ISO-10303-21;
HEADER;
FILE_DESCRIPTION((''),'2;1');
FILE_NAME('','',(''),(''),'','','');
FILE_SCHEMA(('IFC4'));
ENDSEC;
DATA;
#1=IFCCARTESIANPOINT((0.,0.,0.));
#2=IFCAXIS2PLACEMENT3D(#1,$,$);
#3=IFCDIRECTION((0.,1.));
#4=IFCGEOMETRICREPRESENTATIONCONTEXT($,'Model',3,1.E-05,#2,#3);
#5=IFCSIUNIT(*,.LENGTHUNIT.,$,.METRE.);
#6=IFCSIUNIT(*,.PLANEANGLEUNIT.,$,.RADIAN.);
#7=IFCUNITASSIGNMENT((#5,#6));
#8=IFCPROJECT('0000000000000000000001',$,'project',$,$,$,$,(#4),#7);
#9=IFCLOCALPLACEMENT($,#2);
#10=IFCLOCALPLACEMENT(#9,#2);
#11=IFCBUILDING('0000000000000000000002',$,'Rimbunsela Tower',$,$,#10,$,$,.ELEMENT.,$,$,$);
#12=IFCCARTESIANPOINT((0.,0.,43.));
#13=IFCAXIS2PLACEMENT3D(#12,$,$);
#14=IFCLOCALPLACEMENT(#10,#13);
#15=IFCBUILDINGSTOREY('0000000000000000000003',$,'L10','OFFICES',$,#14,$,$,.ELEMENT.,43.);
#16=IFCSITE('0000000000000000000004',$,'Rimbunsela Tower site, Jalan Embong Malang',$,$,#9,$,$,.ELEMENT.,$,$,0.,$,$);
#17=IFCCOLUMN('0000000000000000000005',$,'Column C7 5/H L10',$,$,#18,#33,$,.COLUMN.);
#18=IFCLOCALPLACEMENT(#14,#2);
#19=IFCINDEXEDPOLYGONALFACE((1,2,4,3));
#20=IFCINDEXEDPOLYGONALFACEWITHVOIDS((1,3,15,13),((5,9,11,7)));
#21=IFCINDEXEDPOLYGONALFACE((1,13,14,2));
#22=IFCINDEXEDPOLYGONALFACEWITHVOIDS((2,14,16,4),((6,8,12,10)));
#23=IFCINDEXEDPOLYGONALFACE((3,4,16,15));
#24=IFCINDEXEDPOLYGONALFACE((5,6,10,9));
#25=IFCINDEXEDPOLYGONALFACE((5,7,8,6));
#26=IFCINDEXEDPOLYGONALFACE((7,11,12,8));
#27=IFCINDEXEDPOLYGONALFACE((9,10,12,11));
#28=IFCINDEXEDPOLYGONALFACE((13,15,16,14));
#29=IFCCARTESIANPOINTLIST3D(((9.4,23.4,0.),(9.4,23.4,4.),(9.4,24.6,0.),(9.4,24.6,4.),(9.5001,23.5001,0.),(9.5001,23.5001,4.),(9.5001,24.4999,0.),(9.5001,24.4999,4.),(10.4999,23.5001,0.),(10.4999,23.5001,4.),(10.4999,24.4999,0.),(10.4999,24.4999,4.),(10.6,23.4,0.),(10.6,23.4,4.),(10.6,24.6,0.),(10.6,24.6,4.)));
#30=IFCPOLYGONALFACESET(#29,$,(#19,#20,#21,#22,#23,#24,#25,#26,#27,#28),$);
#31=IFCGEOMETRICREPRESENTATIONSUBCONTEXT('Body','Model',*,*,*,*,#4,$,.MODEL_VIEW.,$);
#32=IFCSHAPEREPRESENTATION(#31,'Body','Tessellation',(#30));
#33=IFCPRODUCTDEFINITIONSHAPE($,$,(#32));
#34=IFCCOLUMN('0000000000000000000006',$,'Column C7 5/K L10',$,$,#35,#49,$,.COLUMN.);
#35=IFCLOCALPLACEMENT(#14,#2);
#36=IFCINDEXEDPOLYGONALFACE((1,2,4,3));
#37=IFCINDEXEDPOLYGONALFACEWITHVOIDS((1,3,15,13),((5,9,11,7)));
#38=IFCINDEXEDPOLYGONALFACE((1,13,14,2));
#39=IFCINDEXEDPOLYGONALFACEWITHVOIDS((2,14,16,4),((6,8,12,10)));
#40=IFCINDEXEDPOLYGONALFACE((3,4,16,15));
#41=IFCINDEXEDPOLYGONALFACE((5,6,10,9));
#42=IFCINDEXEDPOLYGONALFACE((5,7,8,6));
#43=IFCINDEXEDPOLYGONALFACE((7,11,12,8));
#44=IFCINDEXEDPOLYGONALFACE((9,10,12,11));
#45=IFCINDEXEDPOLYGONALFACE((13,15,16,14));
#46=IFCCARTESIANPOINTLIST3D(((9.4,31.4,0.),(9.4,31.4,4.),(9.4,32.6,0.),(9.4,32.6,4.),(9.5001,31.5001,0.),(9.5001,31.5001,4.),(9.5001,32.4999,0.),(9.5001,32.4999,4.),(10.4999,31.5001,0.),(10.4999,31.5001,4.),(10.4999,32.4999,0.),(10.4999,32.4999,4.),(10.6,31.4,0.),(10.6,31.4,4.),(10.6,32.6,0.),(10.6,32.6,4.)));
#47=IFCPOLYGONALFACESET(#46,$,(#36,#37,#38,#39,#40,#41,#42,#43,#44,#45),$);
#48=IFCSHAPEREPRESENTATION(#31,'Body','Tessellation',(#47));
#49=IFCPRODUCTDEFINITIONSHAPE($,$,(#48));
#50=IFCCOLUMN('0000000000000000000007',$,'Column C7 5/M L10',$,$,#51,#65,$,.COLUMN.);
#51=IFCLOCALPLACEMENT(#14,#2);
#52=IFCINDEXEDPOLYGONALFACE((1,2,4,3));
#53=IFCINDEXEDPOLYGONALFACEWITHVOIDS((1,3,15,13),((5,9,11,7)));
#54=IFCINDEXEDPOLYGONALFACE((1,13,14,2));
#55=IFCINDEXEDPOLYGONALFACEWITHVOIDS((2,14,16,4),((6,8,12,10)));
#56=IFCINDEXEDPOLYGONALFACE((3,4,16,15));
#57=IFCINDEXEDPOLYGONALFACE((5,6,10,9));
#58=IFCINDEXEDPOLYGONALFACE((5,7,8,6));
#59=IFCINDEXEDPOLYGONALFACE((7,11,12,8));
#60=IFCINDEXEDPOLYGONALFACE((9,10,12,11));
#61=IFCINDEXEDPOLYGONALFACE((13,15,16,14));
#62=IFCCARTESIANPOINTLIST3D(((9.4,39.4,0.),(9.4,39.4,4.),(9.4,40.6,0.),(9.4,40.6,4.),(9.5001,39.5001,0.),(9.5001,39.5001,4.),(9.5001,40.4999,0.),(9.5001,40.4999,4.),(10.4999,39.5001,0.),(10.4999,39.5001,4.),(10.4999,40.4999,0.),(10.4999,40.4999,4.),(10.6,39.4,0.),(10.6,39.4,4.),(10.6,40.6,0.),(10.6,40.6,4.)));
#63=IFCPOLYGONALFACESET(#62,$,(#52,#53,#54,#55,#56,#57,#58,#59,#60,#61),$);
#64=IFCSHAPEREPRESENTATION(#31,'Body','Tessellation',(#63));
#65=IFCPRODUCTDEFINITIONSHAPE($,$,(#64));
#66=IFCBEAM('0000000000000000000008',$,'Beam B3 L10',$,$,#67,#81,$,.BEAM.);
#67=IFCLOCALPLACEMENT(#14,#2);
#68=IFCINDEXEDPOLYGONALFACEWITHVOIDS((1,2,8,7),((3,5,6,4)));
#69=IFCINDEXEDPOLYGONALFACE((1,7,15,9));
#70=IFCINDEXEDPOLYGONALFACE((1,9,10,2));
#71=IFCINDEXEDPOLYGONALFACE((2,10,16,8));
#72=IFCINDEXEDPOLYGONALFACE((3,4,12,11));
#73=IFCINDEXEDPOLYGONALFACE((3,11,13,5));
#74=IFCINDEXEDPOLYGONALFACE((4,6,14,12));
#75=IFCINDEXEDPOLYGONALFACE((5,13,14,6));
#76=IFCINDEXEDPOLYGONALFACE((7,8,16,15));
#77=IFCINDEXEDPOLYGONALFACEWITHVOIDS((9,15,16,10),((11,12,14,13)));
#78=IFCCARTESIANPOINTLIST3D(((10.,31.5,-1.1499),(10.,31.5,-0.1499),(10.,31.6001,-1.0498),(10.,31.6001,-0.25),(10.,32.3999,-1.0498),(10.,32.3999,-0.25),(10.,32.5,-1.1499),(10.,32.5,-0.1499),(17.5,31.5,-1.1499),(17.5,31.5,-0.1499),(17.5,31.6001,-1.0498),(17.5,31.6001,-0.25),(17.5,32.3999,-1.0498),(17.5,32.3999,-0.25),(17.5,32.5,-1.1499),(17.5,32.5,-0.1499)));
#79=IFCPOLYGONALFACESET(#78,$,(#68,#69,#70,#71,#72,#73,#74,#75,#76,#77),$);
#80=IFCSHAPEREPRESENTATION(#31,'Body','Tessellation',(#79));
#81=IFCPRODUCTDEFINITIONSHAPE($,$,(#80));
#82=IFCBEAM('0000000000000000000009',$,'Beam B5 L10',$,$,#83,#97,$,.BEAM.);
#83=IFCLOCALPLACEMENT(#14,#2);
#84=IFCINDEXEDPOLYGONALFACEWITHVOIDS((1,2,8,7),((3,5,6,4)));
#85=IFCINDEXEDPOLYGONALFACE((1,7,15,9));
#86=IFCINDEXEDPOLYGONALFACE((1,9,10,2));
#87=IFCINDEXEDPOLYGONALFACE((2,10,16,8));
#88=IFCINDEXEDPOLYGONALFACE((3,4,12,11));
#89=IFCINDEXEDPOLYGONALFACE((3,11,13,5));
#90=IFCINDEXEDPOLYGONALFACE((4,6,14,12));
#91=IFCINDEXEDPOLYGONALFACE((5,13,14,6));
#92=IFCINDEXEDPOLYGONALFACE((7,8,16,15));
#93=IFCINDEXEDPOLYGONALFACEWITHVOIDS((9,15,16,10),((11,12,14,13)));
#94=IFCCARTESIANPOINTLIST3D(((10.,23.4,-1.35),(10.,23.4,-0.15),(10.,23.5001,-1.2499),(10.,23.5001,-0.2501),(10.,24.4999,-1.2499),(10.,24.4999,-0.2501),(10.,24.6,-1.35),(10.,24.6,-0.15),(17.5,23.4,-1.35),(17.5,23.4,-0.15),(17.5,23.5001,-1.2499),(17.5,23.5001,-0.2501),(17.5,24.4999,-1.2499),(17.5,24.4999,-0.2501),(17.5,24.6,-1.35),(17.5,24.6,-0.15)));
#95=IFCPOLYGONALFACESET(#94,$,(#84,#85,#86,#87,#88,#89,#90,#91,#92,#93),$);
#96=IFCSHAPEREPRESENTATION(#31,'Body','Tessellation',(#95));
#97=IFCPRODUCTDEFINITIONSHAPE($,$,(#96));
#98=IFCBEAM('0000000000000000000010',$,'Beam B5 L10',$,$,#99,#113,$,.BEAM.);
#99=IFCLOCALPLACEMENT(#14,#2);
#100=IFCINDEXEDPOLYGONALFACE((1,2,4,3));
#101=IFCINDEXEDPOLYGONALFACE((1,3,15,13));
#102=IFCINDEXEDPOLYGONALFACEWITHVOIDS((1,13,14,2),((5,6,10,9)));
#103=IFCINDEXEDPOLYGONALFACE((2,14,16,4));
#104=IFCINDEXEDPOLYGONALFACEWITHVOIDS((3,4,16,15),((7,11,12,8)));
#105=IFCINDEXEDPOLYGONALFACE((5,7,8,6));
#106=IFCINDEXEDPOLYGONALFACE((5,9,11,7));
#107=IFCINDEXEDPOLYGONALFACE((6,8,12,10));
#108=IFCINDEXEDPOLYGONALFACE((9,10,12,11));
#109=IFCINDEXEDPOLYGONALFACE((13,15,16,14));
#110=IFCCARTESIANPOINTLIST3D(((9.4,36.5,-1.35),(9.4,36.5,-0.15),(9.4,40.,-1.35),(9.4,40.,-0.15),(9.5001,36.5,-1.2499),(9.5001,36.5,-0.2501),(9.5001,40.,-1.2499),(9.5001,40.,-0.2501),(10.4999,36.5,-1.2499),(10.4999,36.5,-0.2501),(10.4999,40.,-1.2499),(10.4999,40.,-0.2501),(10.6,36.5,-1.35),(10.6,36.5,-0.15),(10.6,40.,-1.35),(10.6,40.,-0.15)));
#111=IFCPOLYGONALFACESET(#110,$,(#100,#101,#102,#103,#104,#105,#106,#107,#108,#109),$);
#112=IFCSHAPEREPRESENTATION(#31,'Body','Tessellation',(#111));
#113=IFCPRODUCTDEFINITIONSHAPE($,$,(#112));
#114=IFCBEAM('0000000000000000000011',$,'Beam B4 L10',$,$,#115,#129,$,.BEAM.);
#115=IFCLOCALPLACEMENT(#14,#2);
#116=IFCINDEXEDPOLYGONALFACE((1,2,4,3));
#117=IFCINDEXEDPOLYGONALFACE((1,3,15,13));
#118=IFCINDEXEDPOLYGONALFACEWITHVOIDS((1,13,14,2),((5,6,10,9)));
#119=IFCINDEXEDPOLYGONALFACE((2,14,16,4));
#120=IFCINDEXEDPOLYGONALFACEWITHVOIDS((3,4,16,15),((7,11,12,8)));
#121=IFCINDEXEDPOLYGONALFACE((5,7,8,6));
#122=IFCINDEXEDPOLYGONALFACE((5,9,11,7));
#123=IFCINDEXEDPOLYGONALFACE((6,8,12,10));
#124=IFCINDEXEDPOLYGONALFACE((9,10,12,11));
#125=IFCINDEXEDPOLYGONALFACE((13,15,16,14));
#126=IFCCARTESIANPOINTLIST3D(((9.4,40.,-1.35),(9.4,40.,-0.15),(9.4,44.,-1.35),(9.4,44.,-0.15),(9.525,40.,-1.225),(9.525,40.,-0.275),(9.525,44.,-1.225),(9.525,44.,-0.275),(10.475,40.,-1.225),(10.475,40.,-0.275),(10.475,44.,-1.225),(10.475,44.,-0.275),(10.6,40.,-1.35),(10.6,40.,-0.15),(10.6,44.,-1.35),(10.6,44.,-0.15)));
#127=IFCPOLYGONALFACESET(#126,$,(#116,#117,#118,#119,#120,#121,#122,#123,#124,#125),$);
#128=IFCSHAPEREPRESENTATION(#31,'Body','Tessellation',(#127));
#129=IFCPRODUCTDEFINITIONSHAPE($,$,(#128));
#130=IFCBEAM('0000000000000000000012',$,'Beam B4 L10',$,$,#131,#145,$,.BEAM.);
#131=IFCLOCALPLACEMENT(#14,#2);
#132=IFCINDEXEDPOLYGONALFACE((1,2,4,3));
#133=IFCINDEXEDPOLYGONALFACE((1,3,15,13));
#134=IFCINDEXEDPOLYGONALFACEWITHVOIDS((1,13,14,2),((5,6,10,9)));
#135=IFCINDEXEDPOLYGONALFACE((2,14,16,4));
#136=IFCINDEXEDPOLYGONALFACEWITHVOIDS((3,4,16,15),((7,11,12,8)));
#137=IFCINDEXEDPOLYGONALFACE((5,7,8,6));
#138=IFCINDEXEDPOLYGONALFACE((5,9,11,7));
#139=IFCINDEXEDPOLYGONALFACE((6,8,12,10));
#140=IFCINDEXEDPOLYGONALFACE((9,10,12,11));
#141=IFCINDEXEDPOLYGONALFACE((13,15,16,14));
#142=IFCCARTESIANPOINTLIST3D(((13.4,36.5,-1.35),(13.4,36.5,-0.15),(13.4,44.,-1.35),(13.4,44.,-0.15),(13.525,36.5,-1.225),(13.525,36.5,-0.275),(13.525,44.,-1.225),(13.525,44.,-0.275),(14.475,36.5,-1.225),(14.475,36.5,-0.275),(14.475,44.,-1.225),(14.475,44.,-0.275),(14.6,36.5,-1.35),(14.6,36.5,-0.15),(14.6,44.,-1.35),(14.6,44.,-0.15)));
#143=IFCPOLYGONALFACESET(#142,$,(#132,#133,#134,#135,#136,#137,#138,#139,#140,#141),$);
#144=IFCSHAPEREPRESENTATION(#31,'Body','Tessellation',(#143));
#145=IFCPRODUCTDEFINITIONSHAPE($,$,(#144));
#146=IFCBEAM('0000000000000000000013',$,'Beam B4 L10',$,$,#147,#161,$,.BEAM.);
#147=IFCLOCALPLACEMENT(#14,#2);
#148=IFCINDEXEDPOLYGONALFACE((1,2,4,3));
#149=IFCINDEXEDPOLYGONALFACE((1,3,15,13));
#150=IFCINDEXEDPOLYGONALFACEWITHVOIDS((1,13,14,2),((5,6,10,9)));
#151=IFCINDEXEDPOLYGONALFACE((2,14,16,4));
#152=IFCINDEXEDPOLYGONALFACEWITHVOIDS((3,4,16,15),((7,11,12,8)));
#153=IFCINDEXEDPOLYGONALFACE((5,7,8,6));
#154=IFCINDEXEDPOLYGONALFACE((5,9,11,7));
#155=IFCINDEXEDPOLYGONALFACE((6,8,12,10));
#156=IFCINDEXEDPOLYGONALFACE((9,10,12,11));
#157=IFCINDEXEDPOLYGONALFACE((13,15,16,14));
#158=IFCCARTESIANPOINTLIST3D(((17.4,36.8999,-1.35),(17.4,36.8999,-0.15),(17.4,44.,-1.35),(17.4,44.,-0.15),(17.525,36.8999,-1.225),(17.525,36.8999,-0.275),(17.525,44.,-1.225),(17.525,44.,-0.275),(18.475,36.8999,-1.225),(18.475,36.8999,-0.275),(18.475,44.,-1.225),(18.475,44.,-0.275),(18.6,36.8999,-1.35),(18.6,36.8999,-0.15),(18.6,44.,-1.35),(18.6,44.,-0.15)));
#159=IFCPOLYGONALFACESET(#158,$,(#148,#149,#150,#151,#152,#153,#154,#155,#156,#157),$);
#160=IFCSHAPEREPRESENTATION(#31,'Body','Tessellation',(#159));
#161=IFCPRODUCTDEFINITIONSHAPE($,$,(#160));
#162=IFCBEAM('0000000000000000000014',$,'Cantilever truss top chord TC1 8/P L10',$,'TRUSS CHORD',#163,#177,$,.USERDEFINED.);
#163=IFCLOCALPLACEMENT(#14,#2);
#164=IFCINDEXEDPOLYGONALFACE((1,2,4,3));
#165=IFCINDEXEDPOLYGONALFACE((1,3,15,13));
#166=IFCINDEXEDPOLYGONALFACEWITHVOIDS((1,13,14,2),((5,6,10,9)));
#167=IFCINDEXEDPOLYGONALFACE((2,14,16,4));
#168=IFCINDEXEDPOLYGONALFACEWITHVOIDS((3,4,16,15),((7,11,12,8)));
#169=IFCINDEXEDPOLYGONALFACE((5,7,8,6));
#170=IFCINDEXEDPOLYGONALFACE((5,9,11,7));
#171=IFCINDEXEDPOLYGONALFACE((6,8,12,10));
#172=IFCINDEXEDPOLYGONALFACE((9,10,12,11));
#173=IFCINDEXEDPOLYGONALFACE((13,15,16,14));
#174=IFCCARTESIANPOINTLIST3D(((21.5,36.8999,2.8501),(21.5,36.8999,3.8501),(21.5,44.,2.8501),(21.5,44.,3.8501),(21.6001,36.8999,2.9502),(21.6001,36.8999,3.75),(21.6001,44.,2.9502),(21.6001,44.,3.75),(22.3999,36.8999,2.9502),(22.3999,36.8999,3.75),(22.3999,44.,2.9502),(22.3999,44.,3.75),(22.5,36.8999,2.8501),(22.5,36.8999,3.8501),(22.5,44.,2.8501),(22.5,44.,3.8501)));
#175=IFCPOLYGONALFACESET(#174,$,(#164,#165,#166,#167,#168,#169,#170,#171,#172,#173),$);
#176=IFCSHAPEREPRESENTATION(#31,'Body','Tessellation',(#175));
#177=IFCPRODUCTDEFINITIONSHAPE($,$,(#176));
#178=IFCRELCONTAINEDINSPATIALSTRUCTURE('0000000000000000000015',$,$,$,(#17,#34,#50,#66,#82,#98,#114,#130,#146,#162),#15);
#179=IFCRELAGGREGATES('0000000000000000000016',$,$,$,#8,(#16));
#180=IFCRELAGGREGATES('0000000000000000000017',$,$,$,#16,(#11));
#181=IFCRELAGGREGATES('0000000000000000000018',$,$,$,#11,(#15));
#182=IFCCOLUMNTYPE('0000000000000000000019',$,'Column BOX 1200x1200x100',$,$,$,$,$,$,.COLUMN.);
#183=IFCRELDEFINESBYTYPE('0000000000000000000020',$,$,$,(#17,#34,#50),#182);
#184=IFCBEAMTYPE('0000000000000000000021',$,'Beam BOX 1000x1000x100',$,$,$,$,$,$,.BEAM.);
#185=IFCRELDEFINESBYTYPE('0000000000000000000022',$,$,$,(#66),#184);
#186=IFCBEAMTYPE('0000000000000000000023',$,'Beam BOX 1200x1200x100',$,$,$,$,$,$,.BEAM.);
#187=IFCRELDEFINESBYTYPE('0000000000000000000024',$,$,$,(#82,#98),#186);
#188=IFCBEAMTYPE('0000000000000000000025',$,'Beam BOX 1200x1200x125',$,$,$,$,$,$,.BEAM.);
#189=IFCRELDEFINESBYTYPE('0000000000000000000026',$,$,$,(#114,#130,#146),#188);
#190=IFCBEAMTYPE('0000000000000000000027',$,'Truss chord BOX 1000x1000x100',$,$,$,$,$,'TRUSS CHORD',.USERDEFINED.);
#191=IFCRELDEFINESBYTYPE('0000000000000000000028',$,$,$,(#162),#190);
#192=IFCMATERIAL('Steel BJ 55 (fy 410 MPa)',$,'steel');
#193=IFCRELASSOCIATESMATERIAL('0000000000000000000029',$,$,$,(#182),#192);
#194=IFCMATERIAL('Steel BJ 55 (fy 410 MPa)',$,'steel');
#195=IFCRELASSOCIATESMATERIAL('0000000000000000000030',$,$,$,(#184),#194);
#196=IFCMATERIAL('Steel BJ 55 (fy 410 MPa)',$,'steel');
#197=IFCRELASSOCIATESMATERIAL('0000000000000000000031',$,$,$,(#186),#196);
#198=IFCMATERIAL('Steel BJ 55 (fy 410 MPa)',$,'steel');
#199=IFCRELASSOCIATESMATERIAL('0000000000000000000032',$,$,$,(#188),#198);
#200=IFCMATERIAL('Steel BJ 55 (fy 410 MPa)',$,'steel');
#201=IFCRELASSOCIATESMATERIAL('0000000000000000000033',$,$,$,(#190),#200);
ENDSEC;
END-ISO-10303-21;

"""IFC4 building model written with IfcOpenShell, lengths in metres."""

from ifc_helpers import new_model, si_unit, direction, frame, origin, origin_2d, place, context, subcontext, project, spatial, hollow_rectangle, extrude, material, material_profile, profile_set, type_object, element, save


model = new_model("IFC4")

# Units and contexts
model_context = context("Model", 3, precision=1e-05, world=origin(), true_north=direction((0.0, 1.0)))
body_context = subcontext(model_context, "Body", "Model", "MODEL_VIEW")
ifc_project = project(units=[si_unit("LENGTHUNIT", "METRE"), si_unit("PLANEANGLEUNIT", "RADIAN")], contexts=[model_context])

# Site, building, storey
site_placement = place(None, origin())
site = spatial("IfcSite", under=ifc_project, at=site_placement, Name="Rimbunsela Tower site, Jalan Embong Malang", CompositionType="ELEMENT", RefElevation=0.0)
building_placement = place(site_placement, origin())
building = spatial("IfcBuilding", under=site, at=building_placement, Name="Rimbunsela Tower", CompositionType="ELEMENT")
storey_placement = place(building_placement, frame((0.0, 0.0, 43.0)))
storey = spatial("IfcBuildingStorey", under=building, at=storey_placement, Name="L10", Description="OFFICES", CompositionType="ELEMENT", Elevation=43.0)

# Columns
ifc_material_1 = material(Name="Steel BJ 55 (fy 410 MPa)", Category="steel")
ifc_material_profile_1 = material_profile(ifc_material_1, hollow_rectangle(XDim=1.2, YDim=1.2, WallThickness=0.1001, at=origin_2d()), Name="BOX 1200x1200x100")
ifc_profile_set_1 = profile_set([ifc_material_profile_1], Name="Steel BJ 55 (fy 410 MPa)")
column_type = type_object("IfcColumnType", Name="Column BOX 1200x1200x100", PredefinedType="COLUMN", material=ifc_profile_set_1)
for number, where, z_axis, x_axis, name in (
    (1, (10.0, 24.0, 0.0), (0.0, 0.0, 1.0), (1.0, 0.0, 0.0), "Column C7 5/H L10"),
    (2, (10.0, 32.0, 0.0), (0.0, 0.0, 1.0), (1.0, 0.0, 0.0), "Column C7 5/K L10"),
    (3, (10.0, 40.0, 0.0), (0.0, 0.0, 1.0), (1.0, 0.0, 0.0), "Column C7 5/M L10"),
):
    element("IfcColumn", number, at=place(storey_placement, frame(where, z_axis=z_axis, x_axis=x_axis)), inside=storey, type_object=column_type, Name=name, PredefinedType="COLUMN", context=body_context, shape_type="SweptSolid", body=[
        extrude(hollow_rectangle(XDim=1.2, YDim=1.2, WallThickness=0.1001, at=origin_2d()), origin(), (0.0, 0.0, 1.0), 4.0),
    ])

# Beams
ifc_material_2 = material(Name="Steel BJ 55 (fy 410 MPa)", Category="steel")
ifc_material_profile_2 = material_profile(ifc_material_2, hollow_rectangle(XDim=1.0, YDim=1.0, WallThickness=0.1001, at=origin_2d()), Name="BOX 1000x1000x100")
ifc_profile_set_2 = profile_set([ifc_material_profile_2], Name="Steel BJ 55 (fy 410 MPa)")
beam_type_1 = type_object("IfcBeamType", Name="Beam BOX 1000x1000x100", PredefinedType="BEAM", material=ifc_profile_set_2)
beam_1_placement = place(storey_placement, frame((10.0, 32.0, -0.6499), z_axis=(1.0, 0.0, 0.0), x_axis=(0.0, 1.0, 0.0)))
element("IfcBeam", 4, at=beam_1_placement, inside=storey, type_object=beam_type_1, Name="Beam B3 L10", PredefinedType="BEAM", context=body_context, shape_type="SweptSolid", body=[
    extrude(hollow_rectangle(XDim=1.0, YDim=1.0, WallThickness=0.1001, at=origin_2d()), origin(), (0.0, 0.0, 1.0), 7.5),
])
ifc_material_3 = material(Name="Steel BJ 55 (fy 410 MPa)", Category="steel")
ifc_material_profile_3 = material_profile(ifc_material_3, hollow_rectangle(XDim=1.2, YDim=1.2, WallThickness=0.1001, at=origin_2d()), Name="BOX 1200x1200x100")
ifc_profile_set_3 = profile_set([ifc_material_profile_3], Name="Steel BJ 55 (fy 410 MPa)")
beam_type_2 = type_object("IfcBeamType", Name="Beam BOX 1200x1200x100", PredefinedType="BEAM", material=ifc_profile_set_3)
beam_2_placement = place(storey_placement, frame((10.0, 24.0, -0.75), z_axis=(1.0, 0.0, 0.0), x_axis=(0.0, 1.0, 0.0)))
element("IfcBeam", 5, at=beam_2_placement, inside=storey, type_object=beam_type_2, Name="Beam B5 L10", PredefinedType="BEAM", context=body_context, shape_type="SweptSolid", body=[
    extrude(hollow_rectangle(XDim=1.2, YDim=1.2, WallThickness=0.1001, at=origin_2d()), origin(), (0.0, 0.0, 1.0), 7.5),
])
beam_3_placement = place(storey_placement, frame((10.0, 36.5, -0.75), z_axis=(0.0, 1.0, 0.0), x_axis=(-1.0, 0.0, 0.0)))
element("IfcBeam", 6, at=beam_3_placement, inside=storey, type_object=beam_type_2, Name="Beam B5 L10", PredefinedType="BEAM", context=body_context, shape_type="SweptSolid", body=[
    extrude(hollow_rectangle(XDim=1.2, YDim=1.2, WallThickness=0.1001, at=origin_2d()), origin(), (0.0, 0.0, 1.0), 3.5),
])
ifc_material_4 = material(Name="Steel BJ 55 (fy 410 MPa)", Category="steel")
ifc_material_profile_4 = material_profile(ifc_material_4, hollow_rectangle(XDim=1.2, YDim=1.2, WallThickness=0.125, at=origin_2d()), Name="BOX 1200x1200x125")
ifc_profile_set_4 = profile_set([ifc_material_profile_4], Name="Steel BJ 55 (fy 410 MPa)")
beam_type_3 = type_object("IfcBeamType", Name="Beam BOX 1200x1200x125", PredefinedType="BEAM", material=ifc_profile_set_4)
beam_4_placement = place(storey_placement, frame((10.0, 40.0, -0.75), z_axis=(0.0, 1.0, 0.0), x_axis=(-1.0, 0.0, 0.0)))
element("IfcBeam", 7, at=beam_4_placement, inside=storey, type_object=beam_type_3, Name="Beam B4 L10", PredefinedType="BEAM", context=body_context, shape_type="SweptSolid", body=[
    extrude(hollow_rectangle(XDim=1.2, YDim=1.2, WallThickness=0.125, at=origin_2d()), origin(), (0.0, 0.0, 1.0), 4.0),
])
beam_5_placement = place(storey_placement, frame((14.0, 36.5, -0.75), z_axis=(0.0, 1.0, 0.0), x_axis=(-1.0, 0.0, 0.0)))
element("IfcBeam", 8, at=beam_5_placement, inside=storey, type_object=beam_type_3, Name="Beam B4 L10", PredefinedType="BEAM", context=body_context, shape_type="SweptSolid", body=[
    extrude(hollow_rectangle(XDim=1.2, YDim=1.2, WallThickness=0.125, at=origin_2d()), origin(), (0.0, 0.0, 1.0), 7.5),
])
beam_6_placement = place(storey_placement, frame((18.0, 36.8999, -0.75), z_axis=(0.0, 1.0, 0.0), x_axis=(-1.0, 0.0, 0.0)))
element("IfcBeam", 9, at=beam_6_placement, inside=storey, type_object=beam_type_3, Name="Beam B4 L10", PredefinedType="BEAM", context=body_context, shape_type="SweptSolid", body=[
    extrude(hollow_rectangle(XDim=1.2, YDim=1.2, WallThickness=0.125, at=origin_2d()), origin(), (0.0, 0.0, 1.0), 7.1001),
])
ifc_material_5 = material(Name="Steel BJ 55 (fy 410 MPa)", Category="steel")
ifc_material_profile_5 = material_profile(ifc_material_5, hollow_rectangle(XDim=1.0, YDim=1.0, WallThickness=0.1001, at=origin_2d()), Name="BOX 1000x1000x100")
ifc_profile_set_5 = profile_set([ifc_material_profile_5], Name="Steel BJ 55 (fy 410 MPa)")
beam_type_4 = type_object("IfcBeamType", Name="Truss chord BOX 1000x1000x100", ElementType="TRUSS CHORD", PredefinedType="USERDEFINED", material=ifc_profile_set_5)
beam_7_placement = place(storey_placement, frame((22.0, 36.8999, 3.3501), z_axis=(0.0, 1.0, 0.0), x_axis=(-1.0, 0.0, 0.0)))
element("IfcBeam", 10, at=beam_7_placement, inside=storey, type_object=beam_type_4, Name="Cantilever truss top chord TC1 8/P L10", ObjectType="TRUSS CHORD", PredefinedType="USERDEFINED", context=body_context, shape_type="SweptSolid", body=[
    extrude(hollow_rectangle(XDim=1.0, YDim=1.0, WallThickness=0.1001, at=origin_2d()), origin(), (0.0, 0.0, 1.0), 7.1001),
])

save(model, "model.ifc")
